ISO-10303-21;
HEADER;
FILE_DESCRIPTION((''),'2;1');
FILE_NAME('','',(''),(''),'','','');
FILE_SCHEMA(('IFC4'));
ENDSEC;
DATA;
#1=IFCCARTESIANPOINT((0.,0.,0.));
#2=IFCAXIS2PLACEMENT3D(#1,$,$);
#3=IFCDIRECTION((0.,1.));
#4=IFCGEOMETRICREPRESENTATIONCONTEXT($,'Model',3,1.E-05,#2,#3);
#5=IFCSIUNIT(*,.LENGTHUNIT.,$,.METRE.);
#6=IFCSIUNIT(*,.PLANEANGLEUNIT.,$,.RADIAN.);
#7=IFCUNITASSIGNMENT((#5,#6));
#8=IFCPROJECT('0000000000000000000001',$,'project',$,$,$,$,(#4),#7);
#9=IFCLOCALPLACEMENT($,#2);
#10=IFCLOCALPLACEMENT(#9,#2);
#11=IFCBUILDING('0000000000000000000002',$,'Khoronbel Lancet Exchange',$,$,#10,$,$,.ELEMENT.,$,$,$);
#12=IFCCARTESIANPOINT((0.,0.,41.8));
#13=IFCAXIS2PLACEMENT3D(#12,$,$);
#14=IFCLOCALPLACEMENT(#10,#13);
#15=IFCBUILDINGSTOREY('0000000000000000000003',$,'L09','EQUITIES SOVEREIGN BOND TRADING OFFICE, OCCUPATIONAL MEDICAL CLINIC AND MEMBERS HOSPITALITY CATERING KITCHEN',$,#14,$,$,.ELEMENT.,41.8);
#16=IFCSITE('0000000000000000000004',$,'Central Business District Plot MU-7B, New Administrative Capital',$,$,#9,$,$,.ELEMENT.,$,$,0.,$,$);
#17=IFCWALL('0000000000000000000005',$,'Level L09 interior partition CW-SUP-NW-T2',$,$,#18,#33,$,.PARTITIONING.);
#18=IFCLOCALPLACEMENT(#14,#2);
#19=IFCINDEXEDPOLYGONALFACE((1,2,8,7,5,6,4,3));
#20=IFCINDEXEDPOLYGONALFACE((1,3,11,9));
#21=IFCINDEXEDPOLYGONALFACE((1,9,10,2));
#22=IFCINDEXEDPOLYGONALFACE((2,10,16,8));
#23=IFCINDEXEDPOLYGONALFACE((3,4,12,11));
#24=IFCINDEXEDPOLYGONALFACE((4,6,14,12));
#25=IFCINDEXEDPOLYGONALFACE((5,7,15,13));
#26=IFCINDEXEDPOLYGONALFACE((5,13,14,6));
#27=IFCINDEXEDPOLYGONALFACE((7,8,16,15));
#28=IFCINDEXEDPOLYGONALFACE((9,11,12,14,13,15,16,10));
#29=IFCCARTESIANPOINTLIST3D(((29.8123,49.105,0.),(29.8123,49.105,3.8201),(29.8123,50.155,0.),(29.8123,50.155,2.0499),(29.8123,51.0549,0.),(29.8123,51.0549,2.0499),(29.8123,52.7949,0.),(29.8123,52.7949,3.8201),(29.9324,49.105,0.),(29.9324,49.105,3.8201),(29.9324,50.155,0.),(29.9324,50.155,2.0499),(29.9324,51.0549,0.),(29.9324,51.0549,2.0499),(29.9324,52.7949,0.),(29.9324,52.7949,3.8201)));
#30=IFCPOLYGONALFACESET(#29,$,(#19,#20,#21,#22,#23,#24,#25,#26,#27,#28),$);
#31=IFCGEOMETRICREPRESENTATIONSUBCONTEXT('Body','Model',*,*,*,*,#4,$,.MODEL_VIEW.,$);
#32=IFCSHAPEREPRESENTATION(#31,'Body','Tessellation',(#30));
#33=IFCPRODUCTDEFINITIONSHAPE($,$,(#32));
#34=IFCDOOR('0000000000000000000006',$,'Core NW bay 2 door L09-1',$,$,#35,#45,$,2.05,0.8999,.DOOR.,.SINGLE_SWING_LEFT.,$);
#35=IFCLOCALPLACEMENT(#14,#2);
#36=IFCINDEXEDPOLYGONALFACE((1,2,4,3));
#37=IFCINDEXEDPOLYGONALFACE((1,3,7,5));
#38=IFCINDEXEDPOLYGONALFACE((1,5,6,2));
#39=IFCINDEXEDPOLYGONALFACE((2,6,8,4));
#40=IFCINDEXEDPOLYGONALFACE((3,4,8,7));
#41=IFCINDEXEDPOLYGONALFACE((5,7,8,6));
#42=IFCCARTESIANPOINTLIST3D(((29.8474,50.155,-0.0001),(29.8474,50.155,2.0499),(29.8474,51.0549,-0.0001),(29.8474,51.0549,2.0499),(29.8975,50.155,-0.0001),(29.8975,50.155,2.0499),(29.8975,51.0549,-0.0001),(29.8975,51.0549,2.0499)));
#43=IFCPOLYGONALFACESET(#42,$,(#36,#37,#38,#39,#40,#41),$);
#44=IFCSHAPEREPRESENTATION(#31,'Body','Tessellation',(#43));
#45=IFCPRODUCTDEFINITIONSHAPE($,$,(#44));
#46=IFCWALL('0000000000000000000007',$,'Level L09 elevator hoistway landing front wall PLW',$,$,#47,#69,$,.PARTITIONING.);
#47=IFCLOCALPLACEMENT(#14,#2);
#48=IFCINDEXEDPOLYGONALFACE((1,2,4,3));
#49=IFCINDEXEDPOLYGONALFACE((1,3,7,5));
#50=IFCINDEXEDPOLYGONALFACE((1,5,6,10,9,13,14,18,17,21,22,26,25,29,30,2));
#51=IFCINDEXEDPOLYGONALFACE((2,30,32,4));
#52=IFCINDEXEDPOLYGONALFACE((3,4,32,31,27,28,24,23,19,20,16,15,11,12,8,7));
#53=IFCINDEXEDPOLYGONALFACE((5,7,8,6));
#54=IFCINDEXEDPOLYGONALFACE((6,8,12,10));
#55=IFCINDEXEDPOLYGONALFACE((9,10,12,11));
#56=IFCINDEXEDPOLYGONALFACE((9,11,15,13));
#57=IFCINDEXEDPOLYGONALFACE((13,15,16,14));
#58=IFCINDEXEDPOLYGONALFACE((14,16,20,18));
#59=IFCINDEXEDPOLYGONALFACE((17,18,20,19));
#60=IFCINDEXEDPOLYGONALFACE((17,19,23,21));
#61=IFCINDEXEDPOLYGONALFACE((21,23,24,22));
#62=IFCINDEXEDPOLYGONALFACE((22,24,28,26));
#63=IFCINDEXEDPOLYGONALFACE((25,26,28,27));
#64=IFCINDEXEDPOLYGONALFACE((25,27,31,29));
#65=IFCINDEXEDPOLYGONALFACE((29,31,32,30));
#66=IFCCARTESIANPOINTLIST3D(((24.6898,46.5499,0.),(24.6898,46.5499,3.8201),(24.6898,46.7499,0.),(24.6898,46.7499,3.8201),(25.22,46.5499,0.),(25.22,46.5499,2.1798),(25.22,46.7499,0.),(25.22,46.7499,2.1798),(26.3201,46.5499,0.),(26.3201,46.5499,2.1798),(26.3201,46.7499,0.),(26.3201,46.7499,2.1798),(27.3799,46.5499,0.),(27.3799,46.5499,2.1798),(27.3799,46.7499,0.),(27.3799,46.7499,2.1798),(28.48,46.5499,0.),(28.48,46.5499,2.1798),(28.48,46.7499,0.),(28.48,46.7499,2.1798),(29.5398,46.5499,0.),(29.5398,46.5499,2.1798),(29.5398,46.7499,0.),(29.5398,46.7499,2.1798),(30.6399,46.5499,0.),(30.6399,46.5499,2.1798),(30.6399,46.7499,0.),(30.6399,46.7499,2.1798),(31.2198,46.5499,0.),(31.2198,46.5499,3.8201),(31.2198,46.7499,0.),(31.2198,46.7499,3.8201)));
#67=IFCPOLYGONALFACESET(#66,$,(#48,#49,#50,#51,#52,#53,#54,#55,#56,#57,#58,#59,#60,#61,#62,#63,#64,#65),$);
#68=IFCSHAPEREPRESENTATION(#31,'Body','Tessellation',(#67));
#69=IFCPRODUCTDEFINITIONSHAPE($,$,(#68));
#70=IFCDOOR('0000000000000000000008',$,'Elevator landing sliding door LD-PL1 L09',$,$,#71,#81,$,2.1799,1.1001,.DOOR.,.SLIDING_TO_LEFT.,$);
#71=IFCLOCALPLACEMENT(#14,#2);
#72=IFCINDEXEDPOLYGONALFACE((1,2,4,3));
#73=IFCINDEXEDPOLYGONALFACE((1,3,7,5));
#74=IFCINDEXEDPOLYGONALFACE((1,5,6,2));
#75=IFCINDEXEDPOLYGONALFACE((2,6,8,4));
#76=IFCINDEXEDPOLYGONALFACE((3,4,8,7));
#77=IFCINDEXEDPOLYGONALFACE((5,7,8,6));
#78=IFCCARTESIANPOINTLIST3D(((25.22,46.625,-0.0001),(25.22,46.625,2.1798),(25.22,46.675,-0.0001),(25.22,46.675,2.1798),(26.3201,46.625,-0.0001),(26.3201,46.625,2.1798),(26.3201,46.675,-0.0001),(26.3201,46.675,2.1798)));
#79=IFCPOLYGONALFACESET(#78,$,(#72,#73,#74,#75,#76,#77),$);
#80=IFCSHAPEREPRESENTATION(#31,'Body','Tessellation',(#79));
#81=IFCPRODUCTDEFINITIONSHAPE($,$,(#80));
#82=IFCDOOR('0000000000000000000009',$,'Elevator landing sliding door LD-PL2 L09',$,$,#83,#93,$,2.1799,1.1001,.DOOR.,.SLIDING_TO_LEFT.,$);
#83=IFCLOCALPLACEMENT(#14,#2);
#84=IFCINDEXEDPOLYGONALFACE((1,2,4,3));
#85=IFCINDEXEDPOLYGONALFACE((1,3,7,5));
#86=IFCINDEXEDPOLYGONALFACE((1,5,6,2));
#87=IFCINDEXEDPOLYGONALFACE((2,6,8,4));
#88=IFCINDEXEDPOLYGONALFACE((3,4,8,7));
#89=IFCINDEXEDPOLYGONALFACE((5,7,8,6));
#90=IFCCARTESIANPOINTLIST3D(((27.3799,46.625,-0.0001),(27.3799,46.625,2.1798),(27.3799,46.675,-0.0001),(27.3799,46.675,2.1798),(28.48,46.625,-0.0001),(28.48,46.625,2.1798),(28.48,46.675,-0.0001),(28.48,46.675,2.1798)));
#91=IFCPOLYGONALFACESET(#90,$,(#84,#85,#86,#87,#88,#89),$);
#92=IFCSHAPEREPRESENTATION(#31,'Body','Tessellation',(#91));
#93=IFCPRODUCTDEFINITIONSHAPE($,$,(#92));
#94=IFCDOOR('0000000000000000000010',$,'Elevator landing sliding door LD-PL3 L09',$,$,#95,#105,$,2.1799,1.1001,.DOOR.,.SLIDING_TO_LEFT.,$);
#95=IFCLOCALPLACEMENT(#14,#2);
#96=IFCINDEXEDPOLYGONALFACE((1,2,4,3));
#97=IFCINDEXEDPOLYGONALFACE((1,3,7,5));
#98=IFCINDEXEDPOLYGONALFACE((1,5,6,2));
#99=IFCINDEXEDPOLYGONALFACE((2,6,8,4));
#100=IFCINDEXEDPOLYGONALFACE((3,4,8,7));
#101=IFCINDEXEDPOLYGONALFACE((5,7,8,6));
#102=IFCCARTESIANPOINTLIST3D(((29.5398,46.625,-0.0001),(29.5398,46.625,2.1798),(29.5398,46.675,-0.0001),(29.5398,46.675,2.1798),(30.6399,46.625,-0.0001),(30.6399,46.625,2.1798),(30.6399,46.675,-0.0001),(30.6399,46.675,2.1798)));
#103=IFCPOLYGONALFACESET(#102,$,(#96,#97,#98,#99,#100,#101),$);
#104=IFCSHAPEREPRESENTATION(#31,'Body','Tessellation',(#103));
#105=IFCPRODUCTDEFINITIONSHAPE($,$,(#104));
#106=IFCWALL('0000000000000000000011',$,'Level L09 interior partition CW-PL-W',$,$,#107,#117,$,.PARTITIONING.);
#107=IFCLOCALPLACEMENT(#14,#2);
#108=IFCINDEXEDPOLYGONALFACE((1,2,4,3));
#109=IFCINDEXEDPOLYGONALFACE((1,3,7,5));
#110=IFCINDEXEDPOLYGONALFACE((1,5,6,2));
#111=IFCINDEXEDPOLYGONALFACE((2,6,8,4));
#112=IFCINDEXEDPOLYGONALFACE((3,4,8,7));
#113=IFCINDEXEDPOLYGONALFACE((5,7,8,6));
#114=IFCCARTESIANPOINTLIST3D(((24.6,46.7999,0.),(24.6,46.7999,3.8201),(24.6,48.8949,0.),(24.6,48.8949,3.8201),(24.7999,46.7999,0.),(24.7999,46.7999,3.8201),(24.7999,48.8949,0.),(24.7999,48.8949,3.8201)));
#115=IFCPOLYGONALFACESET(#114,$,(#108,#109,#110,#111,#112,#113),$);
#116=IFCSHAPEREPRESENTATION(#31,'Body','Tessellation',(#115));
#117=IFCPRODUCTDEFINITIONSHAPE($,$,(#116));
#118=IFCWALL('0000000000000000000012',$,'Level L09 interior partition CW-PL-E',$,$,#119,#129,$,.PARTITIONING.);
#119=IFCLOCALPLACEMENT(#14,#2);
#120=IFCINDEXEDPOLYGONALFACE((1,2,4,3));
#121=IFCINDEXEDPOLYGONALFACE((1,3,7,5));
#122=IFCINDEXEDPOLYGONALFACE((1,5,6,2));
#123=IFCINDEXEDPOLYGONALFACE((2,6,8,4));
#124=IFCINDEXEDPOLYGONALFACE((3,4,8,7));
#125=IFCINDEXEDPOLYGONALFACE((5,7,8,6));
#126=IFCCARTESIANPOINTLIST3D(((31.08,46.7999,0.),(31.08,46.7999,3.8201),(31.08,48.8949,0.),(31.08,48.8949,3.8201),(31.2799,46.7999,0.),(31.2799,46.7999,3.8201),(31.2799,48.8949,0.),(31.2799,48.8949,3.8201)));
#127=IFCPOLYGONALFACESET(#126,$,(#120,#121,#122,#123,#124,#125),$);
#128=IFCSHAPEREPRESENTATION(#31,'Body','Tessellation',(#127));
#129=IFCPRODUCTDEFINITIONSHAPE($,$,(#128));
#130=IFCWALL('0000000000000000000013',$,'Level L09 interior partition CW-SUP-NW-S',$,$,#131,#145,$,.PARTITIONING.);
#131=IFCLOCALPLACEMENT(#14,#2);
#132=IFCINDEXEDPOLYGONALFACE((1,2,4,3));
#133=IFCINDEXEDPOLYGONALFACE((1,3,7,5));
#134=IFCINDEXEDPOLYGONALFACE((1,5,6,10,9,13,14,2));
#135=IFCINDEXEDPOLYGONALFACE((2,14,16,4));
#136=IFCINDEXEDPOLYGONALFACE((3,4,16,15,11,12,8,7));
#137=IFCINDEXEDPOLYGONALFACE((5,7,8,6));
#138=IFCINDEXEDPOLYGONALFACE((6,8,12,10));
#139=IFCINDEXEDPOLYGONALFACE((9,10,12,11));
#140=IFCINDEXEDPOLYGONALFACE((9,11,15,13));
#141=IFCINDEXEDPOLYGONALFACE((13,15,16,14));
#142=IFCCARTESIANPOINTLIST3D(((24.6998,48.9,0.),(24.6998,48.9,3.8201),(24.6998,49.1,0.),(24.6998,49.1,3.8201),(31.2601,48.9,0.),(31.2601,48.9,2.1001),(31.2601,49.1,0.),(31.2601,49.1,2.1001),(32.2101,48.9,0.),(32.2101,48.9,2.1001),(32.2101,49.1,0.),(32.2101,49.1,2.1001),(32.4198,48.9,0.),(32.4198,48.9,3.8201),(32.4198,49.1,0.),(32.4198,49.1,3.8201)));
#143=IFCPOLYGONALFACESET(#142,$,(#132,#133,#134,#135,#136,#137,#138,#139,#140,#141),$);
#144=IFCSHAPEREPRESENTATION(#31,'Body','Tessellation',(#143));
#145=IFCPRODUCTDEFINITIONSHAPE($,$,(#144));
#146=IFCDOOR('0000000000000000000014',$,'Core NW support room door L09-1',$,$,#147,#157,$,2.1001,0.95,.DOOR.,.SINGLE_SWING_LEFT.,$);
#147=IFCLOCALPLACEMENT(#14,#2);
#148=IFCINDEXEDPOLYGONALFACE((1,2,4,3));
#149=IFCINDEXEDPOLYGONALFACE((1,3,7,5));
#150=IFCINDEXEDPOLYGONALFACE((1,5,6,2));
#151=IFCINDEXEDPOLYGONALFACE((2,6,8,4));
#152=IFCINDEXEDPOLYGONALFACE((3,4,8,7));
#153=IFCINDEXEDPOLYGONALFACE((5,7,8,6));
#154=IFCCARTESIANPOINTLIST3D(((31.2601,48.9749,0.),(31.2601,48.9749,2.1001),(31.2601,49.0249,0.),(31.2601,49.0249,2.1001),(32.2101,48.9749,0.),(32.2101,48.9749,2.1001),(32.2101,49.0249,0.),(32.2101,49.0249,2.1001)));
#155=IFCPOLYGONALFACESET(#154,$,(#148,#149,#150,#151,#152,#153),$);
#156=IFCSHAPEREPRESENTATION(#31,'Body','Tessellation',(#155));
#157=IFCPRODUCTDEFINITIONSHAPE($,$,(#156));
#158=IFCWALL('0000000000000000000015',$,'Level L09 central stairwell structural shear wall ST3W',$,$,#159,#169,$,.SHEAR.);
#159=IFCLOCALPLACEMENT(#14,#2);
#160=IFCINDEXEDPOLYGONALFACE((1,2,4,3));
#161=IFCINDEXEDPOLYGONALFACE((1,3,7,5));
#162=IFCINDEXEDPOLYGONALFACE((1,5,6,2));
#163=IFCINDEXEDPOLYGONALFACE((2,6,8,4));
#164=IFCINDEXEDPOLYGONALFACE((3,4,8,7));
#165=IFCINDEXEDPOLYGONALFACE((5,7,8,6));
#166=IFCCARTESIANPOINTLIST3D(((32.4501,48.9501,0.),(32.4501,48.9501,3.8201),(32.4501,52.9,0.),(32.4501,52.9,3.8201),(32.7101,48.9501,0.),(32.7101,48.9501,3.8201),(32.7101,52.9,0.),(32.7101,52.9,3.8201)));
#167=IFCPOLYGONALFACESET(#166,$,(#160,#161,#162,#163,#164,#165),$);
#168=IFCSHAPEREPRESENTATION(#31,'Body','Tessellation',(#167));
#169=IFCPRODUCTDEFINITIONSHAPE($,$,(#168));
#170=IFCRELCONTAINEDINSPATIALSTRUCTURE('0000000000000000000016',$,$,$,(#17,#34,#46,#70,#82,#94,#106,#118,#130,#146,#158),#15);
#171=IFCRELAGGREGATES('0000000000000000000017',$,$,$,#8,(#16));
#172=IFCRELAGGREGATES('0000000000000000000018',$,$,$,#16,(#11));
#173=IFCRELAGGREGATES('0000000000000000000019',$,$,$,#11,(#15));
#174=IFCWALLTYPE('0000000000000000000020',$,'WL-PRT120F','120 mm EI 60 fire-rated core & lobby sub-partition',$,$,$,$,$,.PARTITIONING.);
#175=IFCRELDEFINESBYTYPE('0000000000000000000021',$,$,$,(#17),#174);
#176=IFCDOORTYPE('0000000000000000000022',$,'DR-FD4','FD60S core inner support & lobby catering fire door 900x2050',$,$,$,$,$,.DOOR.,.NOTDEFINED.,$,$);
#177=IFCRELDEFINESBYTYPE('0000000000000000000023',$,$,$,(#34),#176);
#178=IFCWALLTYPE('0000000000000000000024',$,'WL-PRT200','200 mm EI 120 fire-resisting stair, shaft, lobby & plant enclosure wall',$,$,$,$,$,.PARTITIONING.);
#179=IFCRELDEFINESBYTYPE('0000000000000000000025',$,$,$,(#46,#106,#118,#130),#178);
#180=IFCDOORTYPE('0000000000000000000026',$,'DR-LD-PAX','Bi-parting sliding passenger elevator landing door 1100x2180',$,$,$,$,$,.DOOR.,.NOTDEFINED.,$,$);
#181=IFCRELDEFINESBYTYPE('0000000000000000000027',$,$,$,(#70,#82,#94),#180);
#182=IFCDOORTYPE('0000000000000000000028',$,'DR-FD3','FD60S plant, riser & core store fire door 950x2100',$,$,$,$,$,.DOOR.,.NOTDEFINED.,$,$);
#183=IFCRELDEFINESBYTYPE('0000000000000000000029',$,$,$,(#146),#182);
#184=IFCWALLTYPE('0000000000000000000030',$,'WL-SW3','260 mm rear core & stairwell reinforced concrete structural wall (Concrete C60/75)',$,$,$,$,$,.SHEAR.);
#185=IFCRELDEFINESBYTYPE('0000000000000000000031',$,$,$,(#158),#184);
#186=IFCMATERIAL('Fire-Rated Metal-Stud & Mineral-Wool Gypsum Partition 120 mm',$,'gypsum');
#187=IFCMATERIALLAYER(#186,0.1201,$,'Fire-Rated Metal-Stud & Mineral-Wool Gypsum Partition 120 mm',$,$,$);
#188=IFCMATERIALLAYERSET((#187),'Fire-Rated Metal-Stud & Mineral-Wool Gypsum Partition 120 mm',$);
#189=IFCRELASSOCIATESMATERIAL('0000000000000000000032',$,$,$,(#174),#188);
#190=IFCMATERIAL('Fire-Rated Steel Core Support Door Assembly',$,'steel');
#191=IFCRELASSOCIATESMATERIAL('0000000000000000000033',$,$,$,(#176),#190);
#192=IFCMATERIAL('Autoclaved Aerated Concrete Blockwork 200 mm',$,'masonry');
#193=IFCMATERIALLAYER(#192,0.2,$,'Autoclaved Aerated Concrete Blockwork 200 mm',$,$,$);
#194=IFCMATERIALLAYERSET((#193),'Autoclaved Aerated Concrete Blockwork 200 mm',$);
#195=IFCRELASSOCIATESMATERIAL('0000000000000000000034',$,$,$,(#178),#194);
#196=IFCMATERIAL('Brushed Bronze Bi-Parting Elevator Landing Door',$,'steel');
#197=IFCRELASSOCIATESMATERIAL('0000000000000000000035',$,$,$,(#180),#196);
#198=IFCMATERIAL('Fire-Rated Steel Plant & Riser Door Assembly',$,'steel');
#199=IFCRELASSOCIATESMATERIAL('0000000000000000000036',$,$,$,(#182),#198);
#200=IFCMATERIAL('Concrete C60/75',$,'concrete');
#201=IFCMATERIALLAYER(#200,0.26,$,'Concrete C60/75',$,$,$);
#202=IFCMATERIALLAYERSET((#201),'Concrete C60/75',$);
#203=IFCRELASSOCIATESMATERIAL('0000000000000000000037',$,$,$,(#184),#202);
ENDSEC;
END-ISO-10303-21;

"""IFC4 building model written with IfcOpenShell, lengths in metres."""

from ifc_helpers import new_model, si_unit, direction, frame, frame_2d, origin, place, context, subcontext, project, spatial, rectangle, extrude, material, layer, layer_set, type_object, element, fill, save


model = new_model("IFC4")

# Units and contexts
model_context = context("Model", 3, precision=1e-05, world=origin(), true_north=direction((0.0, 1.0)))
body_context = subcontext(model_context, "Body", "Model", "MODEL_VIEW")
ifc_project = project(units=[si_unit("LENGTHUNIT", "METRE"), si_unit("PLANEANGLEUNIT", "RADIAN")], contexts=[model_context])

# Site, building, storey
site_placement = place(None, origin())
site = spatial("IfcSite", under=ifc_project, at=site_placement, Name="Central Business District Plot MU-7B, New Administrative Capital", CompositionType="ELEMENT", RefElevation=0.0)
building_placement = place(site_placement, origin())
building = spatial("IfcBuilding", under=site, at=building_placement, Name="Khoronbel Lancet Exchange", CompositionType="ELEMENT")
storey_placement = place(building_placement, frame((0.0, 0.0, 41.8)))
storey = spatial("IfcBuildingStorey", under=building, at=storey_placement, Name="L09", Description="EQUITIES SOVEREIGN BOND TRADING OFFICE, OCCUPATIONAL MEDICAL CLINIC AND MEMBERS HOSPITALITY CATERING KITCHEN", CompositionType="ELEMENT", Elevation=41.8)

# Shared definitions
ifc_material_1 = material(Name="Fire-Rated Metal-Stud & Mineral-Wool Gypsum Partition 120 mm", Category="gypsum")
ifc_layer_1 = layer(ifc_material_1, 0.1201, Name="Fire-Rated Metal-Stud & Mineral-Wool Gypsum Partition 120 mm")
ifc_layer_set_1 = layer_set([ifc_layer_1], Name="Fire-Rated Metal-Stud & Mineral-Wool Gypsum Partition 120 mm")
wall_type_1 = type_object("IfcWallType", Name="WL-PRT120F", Description="120 mm EI 60 fire-rated core & lobby sub-partition", PredefinedType="PARTITIONING", material=ifc_layer_set_1)

# Wall, opening, door
ifc_material_2 = material(Name="Fire-Rated Steel Core Support Door Assembly", Category="steel")
door_type_1 = type_object("IfcDoorType", Name="DR-FD4", Description="FD60S core inner support & lobby catering fire door 900x2050", OperationType="NOTDEFINED", PredefinedType="DOOR", material=ifc_material_2)
wall_1_placement = place(storey_placement, frame((29.8723, 49.105, 0.0), z_axis=(0.0, 0.0, 1.0), x_axis=(0.0, 1.0, 0.0)))
wall_1 = element("IfcWall", 1, at=wall_1_placement, inside=storey, type_object=wall_type_1, Name="Level L09 interior partition CW-SUP-NW-T2", PredefinedType="PARTITIONING", context=body_context, shape_type="SweptSolid", body=[
    extrude(rectangle(XDim=3.6899, YDim=0.1201, at=frame_2d((1.845, 0.0))), origin(), (0.0, 0.0, 1.0), 3.8201),
])
opening_1_placement = place(wall_1_placement, frame((1.05, 0.0, 0.0)))
opening_1 = element("IfcOpeningElement", 2, at=opening_1_placement, cuts=wall_1, PredefinedType="OPENING", context=body_context, shape_type="SweptSolid", body=[
    extrude(rectangle(XDim=0.8999, YDim=2.05, at=frame_2d((0.45, 1.0249))), frame((0.0, 0.0701, 0.0), z_axis=(0.0, -1.0, 0.0), x_axis=(1.0, 0.0, 0.0)), (0.0, 0.0, 1.0), 0.1401),
])
door_1_placement = place(opening_1_placement, origin())
door_1 = element("IfcDoor", 3, at=door_1_placement, inside=storey, type_object=door_type_1, Name="Core NW bay 2 door L09-1", OperationType="SINGLE_SWING_LEFT", OverallHeight=2.05, OverallWidth=0.8999, PredefinedType="DOOR", context=body_context, shape_type="SweptSolid", body=[
    extrude(rectangle(XDim=0.8999, YDim=2.05, at=frame_2d((0.45, 1.0249))), frame((0.0, 0.0249, 0.0), z_axis=(0.0, -1.0, 0.0), x_axis=(1.0, 0.0, 0.0)), (0.0, 0.0, 1.0), 0.05),
])
fill(opening_1, door_1)

# Wall, openings, doors
ifc_material_3 = material(Name="Autoclaved Aerated Concrete Blockwork 200 mm", Category="masonry")
ifc_layer_2 = layer(ifc_material_3, 0.2, Name="Autoclaved Aerated Concrete Blockwork 200 mm")
ifc_layer_set_2 = layer_set([ifc_layer_2], Name="Autoclaved Aerated Concrete Blockwork 200 mm")
wall_type_2 = type_object("IfcWallType", Name="WL-PRT200", Description="200 mm EI 120 fire-resisting stair, shaft, lobby & plant enclosure wall", PredefinedType="PARTITIONING", material=ifc_layer_set_2)
wall_2_placement = place(storey_placement, frame((31.22, 46.6499, 0.0), z_axis=(0.0, 0.0, 1.0), x_axis=(-1.0, 0.0, 0.0)))
wall_2 = element("IfcWall", 4, at=wall_2_placement, inside=storey, type_object=wall_type_2, Name="Level L09 elevator hoistway landing front wall PLW", PredefinedType="PARTITIONING", context=body_context, shape_type="SweptSolid", body=[
    extrude(rectangle(XDim=6.53, YDim=0.2, at=frame_2d((3.2651, 0.0))), origin(), (0.0, 0.0, 1.0), 3.8201),
])
opening_2_placement = place(wall_2_placement, frame((4.8999, 0.0, 0.0)))
opening_2 = element("IfcOpeningElement", 5, at=opening_2_placement, cuts=wall_2, PredefinedType="OPENING", context=body_context, shape_type="SweptSolid", body=[
    extrude(rectangle(XDim=1.1001, YDim=2.1799, at=frame_2d((0.55, 1.0898))), frame((0.0, 0.1099, 0.0), z_axis=(0.0, -1.0, 0.0), x_axis=(1.0, 0.0, 0.0)), (0.0, 0.0, 1.0), 0.22),
])
opening_3_placement = place(wall_2_placement, frame((2.74, 0.0, 0.0)))
opening_3 = element("IfcOpeningElement", 6, at=opening_3_placement, cuts=wall_2, PredefinedType="OPENING", context=body_context, shape_type="SweptSolid", body=[
    extrude(rectangle(XDim=1.1001, YDim=2.1799, at=frame_2d((0.55, 1.0898))), frame((0.0, 0.1099, 0.0), z_axis=(0.0, -1.0, 0.0), x_axis=(1.0, 0.0, 0.0)), (0.0, 0.0, 1.0), 0.22),
])
opening_4_placement = place(wall_2_placement, frame((0.5801, 0.0, 0.0)))
opening_4 = element("IfcOpeningElement", 7, at=opening_4_placement, cuts=wall_2, PredefinedType="OPENING", context=body_context, shape_type="SweptSolid", body=[
    extrude(rectangle(XDim=1.1001, YDim=2.1799, at=frame_2d((0.55, 1.0898))), frame((0.0, 0.1099, 0.0), z_axis=(0.0, -1.0, 0.0), x_axis=(1.0, 0.0, 0.0)), (0.0, 0.0, 1.0), 0.22),
])
ifc_material_4 = material(Name="Brushed Bronze Bi-Parting Elevator Landing Door", Category="steel")
door_type_2 = type_object("IfcDoorType", Name="DR-LD-PAX", Description="Bi-parting sliding passenger elevator landing door 1100x2180", OperationType="NOTDEFINED", PredefinedType="DOOR", material=ifc_material_4)
door_2_placement = place(opening_2_placement, origin())
door_2 = element("IfcDoor", 8, at=door_2_placement, inside=storey, type_object=door_type_2, Name="Elevator landing sliding door LD-PL1 L09", OperationType="SLIDING_TO_LEFT", OverallHeight=2.1799, OverallWidth=1.1001, PredefinedType="DOOR", context=body_context, shape_type="SweptSolid", body=[
    extrude(rectangle(XDim=1.1001, YDim=2.1799, at=frame_2d((0.55, 1.0898))), frame((0.0, 0.0249, 0.0), z_axis=(0.0, -1.0, 0.0), x_axis=(1.0, 0.0, 0.0)), (0.0, 0.0, 1.0), 0.05),
])
fill(opening_2, door_2)
door_3_placement = place(opening_3_placement, origin())
door_3 = element("IfcDoor", 9, at=door_3_placement, inside=storey, type_object=door_type_2, Name="Elevator landing sliding door LD-PL2 L09", OperationType="SLIDING_TO_LEFT", OverallHeight=2.1799, OverallWidth=1.1001, PredefinedType="DOOR", context=body_context, shape_type="SweptSolid", body=[
    extrude(rectangle(XDim=1.1001, YDim=2.1799, at=frame_2d((0.55, 1.0898))), frame((0.0, 0.0249, 0.0), z_axis=(0.0, -1.0, 0.0), x_axis=(1.0, 0.0, 0.0)), (0.0, 0.0, 1.0), 0.05),
])
fill(opening_3, door_3)
door_4_placement = place(opening_4_placement, origin())
door_4 = element("IfcDoor", 10, at=door_4_placement, inside=storey, type_object=door_type_2, Name="Elevator landing sliding door LD-PL3 L09", OperationType="SLIDING_TO_LEFT", OverallHeight=2.1799, OverallWidth=1.1001, PredefinedType="DOOR", context=body_context, shape_type="SweptSolid", body=[
    extrude(rectangle(XDim=1.1001, YDim=2.1799, at=frame_2d((0.55, 1.0898))), frame((0.0, 0.0249, 0.0), z_axis=(0.0, -1.0, 0.0), x_axis=(1.0, 0.0, 0.0)), (0.0, 0.0, 1.0), 0.05),
])
fill(opening_4, door_4)

# Walls
for number, where, z_axis, x_axis, name in (
    (11, (24.7, 46.8, 0.0), (0.0, 0.0, 1.0), (0.0, 1.0, 0.0), "Level L09 interior partition CW-PL-W"),
    (12, (31.1799, 46.8, 0.0), (0.0, 0.0, 1.0), (0.0, 1.0, 0.0), "Level L09 interior partition CW-PL-E"),
):
    element("IfcWall", number, at=place(storey_placement, frame(where, z_axis=z_axis, x_axis=x_axis)), inside=storey, type_object=wall_type_2, Name=name, PredefinedType="PARTITIONING", context=body_context, shape_type="SweptSolid", body=[
        extrude(rectangle(XDim=2.095, YDim=0.2, at=frame_2d((1.0474, 0.0))), origin(), (0.0, 0.0, 1.0), 3.8201),
    ])

# Wall, opening, door
wall_3_placement = place(storey_placement, frame((24.7, 49.0, 0.0), z_axis=(0.0, 0.0, 1.0), x_axis=(1.0, 0.0, 0.0)))
wall_3 = element("IfcWall", 13, at=wall_3_placement, inside=storey, type_object=wall_type_2, Name="Level L09 interior partition CW-SUP-NW-S", PredefinedType="PARTITIONING", context=body_context, shape_type="SweptSolid", body=[
    extrude(rectangle(XDim=7.72, YDim=0.2, at=frame_2d((3.8599, 0.0))), origin(), (0.0, 0.0, 1.0), 3.8201),
])
opening_5_placement = place(wall_3_placement, frame((6.5601, 0.0, 0.0)))
opening_5 = element("IfcOpeningElement", 14, at=opening_5_placement, cuts=wall_3, PredefinedType="OPENING", context=body_context, shape_type="SweptSolid", body=[
    extrude(rectangle(XDim=0.95, YDim=2.1001, at=frame_2d((0.4751, 1.05))), frame((0.0, 0.1099, 0.0), z_axis=(0.0, -1.0, 0.0), x_axis=(1.0, 0.0, 0.0)), (0.0, 0.0, 1.0), 0.22),
])
ifc_material_5 = material(Name="Fire-Rated Steel Plant & Riser Door Assembly", Category="steel")
door_type_3 = type_object("IfcDoorType", Name="DR-FD3", Description="FD60S plant, riser & core store fire door 950x2100", OperationType="NOTDEFINED", PredefinedType="DOOR", material=ifc_material_5)
door_5_placement = place(opening_5_placement, origin())
door_5 = element("IfcDoor", 15, at=door_5_placement, inside=storey, type_object=door_type_3, Name="Core NW support room door L09-1", OperationType="SINGLE_SWING_LEFT", OverallHeight=2.1001, OverallWidth=0.95, PredefinedType="DOOR", context=body_context, shape_type="SweptSolid", body=[
    extrude(rectangle(XDim=0.95, YDim=2.1001, at=frame_2d((0.4751, 1.05))), frame((0.0, 0.0249, 0.0), z_axis=(0.0, -1.0, 0.0), x_axis=(1.0, 0.0, 0.0)), (0.0, 0.0, 1.0), 0.05),
])
fill(opening_5, door_5)

# Wall
ifc_material_6 = material(Name="Concrete C60/75", Category="concrete")
ifc_layer_3 = layer(ifc_material_6, 0.26, Name="Concrete C60/75")
ifc_layer_set_3 = layer_set([ifc_layer_3], Name="Concrete C60/75")
wall_type_3 = type_object("IfcWallType", Name="WL-SW3", Description="260 mm rear core & stairwell reinforced concrete structural wall (Concrete C60/75)", PredefinedType="SHEAR", material=ifc_layer_set_3)
wall_4_placement = place(storey_placement, frame((32.5801, 48.95, 0.0), z_axis=(0.0, 0.0, 1.0), x_axis=(0.0, 1.0, 0.0)))
element("IfcWall", 16, at=wall_4_placement, inside=storey, type_object=wall_type_3, Name="Level L09 central stairwell structural shear wall ST3W", PredefinedType="SHEAR", context=body_context, shape_type="SweptSolid", body=[
    extrude(rectangle(XDim=3.95, YDim=0.26, at=frame_2d((1.9751, 0.0))), origin(), (0.0, 0.0, 1.0), 3.8201),
])

save(model, "model.ifc")
